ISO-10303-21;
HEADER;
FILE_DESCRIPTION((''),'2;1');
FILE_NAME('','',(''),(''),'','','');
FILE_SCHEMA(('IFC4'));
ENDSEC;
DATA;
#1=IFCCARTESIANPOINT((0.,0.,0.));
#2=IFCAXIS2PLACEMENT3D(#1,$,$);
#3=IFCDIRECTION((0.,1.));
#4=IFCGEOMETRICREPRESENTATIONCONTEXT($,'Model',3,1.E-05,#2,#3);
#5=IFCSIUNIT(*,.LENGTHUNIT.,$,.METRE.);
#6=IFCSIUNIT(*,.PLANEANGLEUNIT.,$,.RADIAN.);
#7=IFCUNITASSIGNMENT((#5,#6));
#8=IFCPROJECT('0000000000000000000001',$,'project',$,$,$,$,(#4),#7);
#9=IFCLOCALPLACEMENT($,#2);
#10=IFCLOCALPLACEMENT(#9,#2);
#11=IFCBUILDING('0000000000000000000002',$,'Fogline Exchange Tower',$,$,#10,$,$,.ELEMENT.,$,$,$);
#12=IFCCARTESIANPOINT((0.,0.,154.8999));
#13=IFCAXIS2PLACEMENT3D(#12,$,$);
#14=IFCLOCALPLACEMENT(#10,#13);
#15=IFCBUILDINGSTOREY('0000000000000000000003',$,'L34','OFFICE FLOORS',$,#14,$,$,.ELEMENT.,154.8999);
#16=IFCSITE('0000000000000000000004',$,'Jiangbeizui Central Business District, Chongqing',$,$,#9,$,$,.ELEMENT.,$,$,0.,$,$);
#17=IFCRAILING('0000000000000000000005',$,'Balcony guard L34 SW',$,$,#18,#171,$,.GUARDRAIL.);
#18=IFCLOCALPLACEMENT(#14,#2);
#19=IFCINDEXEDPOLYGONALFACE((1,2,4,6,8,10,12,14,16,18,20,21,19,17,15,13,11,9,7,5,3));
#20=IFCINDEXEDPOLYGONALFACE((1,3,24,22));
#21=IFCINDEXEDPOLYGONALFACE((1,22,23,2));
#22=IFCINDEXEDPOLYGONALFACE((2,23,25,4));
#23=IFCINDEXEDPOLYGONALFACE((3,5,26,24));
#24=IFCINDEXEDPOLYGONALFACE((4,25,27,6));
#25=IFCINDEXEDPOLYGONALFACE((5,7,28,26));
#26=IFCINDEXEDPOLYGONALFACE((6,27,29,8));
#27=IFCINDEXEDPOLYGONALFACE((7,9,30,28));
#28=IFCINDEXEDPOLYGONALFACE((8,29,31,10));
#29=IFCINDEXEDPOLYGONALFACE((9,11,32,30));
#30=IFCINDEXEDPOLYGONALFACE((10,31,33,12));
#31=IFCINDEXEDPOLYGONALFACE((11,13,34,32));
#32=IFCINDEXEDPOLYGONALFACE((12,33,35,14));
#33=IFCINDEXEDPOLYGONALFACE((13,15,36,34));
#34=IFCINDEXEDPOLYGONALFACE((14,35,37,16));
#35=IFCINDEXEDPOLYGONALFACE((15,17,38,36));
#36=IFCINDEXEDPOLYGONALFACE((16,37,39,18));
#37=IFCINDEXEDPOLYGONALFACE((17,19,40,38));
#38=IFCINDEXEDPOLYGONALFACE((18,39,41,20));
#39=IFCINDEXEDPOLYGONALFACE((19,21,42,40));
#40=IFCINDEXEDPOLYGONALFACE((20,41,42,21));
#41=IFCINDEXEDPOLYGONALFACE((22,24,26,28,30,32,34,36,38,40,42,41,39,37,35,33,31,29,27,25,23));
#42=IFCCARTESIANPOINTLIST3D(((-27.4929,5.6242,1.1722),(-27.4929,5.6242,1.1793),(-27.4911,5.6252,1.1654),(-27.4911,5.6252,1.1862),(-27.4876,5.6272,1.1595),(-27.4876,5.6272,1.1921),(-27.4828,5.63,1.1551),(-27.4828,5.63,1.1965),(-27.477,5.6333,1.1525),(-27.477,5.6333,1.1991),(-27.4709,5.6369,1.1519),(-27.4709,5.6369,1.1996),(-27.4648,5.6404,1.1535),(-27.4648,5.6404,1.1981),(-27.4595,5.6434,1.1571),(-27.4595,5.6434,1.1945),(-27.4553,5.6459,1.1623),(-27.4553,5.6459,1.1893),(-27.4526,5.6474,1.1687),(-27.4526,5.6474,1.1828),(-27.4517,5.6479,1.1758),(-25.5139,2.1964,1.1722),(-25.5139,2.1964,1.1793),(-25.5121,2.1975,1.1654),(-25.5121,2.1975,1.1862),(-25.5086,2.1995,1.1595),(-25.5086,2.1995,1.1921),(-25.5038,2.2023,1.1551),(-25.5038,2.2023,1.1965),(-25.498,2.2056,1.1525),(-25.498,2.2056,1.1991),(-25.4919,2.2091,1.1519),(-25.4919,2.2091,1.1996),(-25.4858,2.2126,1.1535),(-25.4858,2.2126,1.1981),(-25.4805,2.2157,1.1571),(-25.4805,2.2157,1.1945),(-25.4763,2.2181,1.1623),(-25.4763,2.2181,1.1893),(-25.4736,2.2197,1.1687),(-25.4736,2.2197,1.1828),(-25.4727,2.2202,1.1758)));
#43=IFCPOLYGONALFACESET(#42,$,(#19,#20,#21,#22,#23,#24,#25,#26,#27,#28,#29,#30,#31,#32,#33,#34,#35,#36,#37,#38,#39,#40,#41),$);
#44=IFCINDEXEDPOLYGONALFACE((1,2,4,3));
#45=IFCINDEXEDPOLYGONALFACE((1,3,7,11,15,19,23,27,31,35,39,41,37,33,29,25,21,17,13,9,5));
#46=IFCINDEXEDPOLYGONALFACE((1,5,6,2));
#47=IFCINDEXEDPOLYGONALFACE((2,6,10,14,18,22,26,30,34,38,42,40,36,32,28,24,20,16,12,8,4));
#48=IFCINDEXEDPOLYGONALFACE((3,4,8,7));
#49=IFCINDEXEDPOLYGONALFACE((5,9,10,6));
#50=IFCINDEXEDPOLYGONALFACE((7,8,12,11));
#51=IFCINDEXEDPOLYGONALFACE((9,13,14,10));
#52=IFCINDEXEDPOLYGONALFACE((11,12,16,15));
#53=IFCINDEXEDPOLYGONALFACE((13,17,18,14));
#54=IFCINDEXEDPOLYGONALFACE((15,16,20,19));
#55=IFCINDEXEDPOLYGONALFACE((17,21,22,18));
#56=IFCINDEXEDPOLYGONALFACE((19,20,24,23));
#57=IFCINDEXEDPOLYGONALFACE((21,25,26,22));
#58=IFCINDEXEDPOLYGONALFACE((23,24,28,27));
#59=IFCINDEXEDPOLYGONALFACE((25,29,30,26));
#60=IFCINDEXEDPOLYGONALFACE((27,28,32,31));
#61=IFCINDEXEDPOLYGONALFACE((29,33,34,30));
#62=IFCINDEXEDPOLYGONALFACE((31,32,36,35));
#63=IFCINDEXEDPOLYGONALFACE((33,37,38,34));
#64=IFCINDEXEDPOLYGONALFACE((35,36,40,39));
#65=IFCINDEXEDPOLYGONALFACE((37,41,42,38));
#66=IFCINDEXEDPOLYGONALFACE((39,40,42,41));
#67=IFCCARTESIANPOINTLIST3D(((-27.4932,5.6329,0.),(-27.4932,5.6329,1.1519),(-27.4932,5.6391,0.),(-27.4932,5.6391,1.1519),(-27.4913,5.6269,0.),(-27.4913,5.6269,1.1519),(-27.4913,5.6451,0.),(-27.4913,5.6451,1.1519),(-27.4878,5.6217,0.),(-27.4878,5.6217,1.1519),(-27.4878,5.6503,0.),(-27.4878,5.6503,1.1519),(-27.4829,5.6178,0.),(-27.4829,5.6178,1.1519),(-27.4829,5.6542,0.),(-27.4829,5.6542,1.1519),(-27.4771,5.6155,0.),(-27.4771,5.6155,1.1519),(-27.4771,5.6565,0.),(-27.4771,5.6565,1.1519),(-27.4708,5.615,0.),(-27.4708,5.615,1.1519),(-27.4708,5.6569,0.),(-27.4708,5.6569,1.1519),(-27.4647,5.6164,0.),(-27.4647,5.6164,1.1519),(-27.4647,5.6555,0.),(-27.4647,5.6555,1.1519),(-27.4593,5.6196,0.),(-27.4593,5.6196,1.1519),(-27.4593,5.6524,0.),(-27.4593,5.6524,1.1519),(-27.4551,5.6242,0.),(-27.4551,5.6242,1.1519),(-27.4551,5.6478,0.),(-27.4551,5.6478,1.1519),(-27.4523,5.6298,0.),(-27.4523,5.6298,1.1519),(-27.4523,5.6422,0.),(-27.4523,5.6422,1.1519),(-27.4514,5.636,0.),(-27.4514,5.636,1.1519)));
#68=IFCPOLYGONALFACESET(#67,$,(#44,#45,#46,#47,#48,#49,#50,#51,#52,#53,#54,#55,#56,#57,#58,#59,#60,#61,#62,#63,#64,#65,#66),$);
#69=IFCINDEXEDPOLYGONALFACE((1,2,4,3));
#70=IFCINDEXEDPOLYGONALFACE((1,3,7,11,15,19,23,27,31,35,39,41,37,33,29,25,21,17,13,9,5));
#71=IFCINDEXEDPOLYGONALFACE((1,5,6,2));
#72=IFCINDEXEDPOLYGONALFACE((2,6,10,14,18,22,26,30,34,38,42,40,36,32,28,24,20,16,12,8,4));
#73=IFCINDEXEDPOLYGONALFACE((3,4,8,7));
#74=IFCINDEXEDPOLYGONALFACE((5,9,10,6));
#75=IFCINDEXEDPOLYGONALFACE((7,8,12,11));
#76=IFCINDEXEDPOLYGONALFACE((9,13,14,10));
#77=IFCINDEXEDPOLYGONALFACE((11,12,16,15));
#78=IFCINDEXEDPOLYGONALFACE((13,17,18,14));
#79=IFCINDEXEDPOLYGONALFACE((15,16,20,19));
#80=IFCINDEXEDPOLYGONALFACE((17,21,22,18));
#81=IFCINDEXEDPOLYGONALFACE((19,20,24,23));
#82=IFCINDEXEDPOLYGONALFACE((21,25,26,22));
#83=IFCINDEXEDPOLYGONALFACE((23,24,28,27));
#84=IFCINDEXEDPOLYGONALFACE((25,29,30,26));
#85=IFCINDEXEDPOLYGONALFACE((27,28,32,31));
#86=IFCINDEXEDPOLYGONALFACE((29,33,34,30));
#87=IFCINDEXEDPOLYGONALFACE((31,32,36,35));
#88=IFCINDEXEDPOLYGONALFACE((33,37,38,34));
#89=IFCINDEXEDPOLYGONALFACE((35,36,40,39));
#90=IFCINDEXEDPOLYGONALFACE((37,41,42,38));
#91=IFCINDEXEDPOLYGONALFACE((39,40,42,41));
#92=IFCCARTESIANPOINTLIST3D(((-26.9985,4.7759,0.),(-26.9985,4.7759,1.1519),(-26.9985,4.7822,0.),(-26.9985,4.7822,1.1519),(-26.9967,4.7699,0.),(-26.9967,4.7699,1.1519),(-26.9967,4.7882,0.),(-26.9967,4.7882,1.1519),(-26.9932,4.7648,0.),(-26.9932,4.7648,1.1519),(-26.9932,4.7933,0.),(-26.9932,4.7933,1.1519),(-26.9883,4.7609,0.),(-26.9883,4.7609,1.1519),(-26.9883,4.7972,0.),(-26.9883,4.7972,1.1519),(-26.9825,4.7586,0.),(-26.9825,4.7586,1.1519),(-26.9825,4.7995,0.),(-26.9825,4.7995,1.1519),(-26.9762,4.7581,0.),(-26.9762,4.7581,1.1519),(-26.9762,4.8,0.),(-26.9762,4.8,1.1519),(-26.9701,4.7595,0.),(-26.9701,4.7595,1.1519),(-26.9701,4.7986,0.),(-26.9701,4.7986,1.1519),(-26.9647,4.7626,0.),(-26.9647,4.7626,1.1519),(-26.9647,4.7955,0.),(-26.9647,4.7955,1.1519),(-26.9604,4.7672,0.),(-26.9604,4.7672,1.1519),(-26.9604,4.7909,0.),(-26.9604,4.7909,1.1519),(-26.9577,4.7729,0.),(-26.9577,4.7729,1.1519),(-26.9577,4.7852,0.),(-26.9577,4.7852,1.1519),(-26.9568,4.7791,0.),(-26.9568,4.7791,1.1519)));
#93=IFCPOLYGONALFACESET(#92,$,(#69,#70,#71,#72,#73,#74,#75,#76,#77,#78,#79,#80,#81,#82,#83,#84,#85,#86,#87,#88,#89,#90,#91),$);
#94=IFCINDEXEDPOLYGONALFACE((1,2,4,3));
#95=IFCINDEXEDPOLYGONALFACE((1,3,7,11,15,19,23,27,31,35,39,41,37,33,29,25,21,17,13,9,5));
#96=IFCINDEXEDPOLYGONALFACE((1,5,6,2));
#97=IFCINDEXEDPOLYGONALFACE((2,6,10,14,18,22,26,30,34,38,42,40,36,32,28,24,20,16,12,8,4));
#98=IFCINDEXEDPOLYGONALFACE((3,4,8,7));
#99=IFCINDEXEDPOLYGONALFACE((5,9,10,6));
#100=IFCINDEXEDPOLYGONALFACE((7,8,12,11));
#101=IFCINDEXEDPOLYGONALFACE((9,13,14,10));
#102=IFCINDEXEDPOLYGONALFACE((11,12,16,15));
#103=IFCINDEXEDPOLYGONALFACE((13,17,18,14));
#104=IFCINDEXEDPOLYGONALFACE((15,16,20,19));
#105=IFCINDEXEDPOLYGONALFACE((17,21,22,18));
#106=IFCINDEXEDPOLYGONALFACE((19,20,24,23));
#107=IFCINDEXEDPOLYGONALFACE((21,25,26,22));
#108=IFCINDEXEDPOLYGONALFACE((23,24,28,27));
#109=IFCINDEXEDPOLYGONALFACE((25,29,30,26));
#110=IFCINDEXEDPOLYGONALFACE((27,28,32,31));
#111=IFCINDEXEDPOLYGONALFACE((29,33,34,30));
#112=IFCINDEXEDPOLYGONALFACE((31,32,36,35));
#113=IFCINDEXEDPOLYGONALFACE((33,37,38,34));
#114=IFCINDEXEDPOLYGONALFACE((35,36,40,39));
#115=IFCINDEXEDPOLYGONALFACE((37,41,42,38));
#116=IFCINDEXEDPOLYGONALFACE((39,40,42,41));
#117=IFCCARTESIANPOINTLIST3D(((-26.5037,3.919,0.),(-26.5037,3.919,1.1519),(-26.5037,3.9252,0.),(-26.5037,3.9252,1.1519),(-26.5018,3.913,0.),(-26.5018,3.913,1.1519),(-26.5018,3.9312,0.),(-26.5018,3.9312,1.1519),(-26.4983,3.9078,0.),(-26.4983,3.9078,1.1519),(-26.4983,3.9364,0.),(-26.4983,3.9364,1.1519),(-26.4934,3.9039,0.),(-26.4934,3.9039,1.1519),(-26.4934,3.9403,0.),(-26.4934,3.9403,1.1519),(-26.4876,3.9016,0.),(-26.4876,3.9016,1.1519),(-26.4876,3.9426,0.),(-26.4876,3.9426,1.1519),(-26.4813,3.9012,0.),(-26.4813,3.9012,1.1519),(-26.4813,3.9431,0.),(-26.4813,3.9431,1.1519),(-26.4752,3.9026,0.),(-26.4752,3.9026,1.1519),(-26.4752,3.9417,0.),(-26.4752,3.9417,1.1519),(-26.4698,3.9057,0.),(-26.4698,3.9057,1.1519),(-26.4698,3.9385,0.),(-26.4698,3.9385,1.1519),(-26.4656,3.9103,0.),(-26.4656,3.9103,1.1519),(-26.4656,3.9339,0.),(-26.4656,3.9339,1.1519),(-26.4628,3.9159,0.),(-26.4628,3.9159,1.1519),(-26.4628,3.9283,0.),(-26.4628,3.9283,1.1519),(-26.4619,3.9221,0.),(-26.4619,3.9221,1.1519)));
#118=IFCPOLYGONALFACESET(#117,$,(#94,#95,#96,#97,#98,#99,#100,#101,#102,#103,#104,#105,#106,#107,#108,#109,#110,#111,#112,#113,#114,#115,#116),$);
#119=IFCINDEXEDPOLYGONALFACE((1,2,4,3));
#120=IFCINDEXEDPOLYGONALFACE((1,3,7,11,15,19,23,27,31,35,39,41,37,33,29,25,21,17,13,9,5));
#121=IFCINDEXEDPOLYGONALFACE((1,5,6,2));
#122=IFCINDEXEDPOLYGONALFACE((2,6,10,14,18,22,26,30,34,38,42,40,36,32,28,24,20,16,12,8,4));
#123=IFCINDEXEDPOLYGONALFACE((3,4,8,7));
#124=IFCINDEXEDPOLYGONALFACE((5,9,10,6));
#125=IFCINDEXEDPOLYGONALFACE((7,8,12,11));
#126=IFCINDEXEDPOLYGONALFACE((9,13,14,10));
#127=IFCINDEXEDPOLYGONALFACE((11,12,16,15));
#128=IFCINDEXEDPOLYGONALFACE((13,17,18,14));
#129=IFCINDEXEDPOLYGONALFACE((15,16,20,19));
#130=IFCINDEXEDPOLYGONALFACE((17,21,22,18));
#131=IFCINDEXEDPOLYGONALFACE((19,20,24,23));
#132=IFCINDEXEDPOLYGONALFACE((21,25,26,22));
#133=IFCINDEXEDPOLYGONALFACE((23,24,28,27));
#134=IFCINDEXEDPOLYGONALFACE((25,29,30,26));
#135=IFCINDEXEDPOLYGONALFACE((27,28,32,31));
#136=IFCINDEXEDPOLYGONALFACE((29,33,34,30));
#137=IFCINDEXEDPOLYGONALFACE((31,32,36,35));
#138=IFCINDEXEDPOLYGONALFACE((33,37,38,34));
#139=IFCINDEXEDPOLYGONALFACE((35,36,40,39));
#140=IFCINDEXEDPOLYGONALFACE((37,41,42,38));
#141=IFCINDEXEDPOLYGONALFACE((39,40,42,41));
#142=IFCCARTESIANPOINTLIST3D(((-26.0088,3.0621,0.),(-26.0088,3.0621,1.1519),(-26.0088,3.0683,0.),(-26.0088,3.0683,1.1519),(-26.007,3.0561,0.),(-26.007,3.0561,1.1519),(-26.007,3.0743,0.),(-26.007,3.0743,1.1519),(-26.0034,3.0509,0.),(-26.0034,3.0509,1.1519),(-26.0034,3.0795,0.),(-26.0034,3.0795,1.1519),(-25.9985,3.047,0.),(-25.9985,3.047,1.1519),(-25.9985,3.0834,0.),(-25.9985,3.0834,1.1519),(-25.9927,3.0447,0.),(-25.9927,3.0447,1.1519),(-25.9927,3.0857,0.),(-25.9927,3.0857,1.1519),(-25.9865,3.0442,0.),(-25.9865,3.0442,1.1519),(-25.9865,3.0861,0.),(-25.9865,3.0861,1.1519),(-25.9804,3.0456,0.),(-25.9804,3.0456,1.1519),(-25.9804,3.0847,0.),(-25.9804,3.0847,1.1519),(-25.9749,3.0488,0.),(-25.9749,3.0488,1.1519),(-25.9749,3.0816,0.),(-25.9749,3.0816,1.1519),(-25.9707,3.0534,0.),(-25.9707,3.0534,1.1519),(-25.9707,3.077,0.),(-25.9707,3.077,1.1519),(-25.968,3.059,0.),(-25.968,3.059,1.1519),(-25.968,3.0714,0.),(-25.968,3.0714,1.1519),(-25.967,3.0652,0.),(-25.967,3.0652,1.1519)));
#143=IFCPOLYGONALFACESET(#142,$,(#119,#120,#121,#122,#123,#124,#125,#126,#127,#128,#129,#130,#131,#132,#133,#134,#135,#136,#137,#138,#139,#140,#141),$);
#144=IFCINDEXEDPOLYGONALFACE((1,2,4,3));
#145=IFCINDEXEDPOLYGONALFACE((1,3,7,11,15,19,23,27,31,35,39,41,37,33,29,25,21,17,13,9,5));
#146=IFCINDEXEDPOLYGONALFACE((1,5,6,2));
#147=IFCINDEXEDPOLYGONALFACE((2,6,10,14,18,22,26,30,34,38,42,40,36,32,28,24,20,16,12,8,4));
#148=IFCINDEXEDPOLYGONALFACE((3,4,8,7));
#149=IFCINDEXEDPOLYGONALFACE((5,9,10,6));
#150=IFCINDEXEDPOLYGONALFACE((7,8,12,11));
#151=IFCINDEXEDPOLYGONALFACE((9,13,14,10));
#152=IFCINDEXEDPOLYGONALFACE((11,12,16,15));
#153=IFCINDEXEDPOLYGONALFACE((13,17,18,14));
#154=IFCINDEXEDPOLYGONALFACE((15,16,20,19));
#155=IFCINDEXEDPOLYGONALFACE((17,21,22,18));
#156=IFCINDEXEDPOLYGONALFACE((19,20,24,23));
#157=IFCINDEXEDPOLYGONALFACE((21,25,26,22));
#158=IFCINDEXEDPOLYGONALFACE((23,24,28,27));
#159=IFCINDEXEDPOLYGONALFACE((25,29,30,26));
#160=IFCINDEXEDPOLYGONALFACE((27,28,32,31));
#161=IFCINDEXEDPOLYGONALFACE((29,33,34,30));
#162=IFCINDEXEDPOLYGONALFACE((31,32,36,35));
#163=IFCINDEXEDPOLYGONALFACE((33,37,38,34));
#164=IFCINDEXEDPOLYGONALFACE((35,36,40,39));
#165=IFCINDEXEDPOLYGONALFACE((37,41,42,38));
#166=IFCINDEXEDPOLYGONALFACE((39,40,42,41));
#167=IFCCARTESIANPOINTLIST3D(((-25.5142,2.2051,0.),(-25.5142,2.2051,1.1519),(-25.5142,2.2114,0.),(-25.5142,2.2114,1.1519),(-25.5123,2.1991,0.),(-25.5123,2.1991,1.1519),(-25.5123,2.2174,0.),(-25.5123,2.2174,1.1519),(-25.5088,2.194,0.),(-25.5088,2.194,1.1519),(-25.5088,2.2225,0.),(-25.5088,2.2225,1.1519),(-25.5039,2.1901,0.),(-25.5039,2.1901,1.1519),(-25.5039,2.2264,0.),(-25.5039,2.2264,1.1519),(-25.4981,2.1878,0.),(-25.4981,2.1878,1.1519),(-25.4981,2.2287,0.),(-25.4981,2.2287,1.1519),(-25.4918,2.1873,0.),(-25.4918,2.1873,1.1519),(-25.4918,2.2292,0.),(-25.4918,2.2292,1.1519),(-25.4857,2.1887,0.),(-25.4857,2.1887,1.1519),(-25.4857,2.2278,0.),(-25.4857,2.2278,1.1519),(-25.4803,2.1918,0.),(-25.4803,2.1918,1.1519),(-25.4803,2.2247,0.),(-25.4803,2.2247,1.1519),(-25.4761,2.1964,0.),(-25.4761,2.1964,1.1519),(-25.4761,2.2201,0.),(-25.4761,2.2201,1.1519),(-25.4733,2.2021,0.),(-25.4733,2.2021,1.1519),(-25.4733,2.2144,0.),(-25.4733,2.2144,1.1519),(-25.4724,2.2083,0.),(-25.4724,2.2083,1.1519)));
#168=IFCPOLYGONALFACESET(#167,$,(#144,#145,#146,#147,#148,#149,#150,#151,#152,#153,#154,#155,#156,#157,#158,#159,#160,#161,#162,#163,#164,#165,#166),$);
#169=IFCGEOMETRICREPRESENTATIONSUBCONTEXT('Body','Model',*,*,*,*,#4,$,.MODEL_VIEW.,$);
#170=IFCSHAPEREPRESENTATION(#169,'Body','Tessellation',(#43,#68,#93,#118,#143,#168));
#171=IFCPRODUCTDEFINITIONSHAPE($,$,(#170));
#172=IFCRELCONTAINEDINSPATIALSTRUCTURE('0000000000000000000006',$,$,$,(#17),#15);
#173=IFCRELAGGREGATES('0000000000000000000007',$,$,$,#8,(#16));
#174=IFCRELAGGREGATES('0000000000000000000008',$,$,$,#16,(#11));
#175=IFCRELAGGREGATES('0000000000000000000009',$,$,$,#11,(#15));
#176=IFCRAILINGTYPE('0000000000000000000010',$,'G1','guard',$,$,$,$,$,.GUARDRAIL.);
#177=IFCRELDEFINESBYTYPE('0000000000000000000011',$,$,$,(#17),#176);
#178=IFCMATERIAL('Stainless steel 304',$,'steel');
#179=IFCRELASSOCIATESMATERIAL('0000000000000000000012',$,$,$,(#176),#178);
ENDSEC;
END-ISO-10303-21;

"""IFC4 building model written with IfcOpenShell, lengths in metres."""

from ifc_helpers import new_model, si_unit, direction, frame, origin, origin_2d, place, context, subcontext, project, spatial, circle, extrude, material, type_object, element, save


model = new_model("IFC4")

# Units and contexts
model_context = context("Model", 3, precision=1e-05, world=origin(), true_north=direction((0.0, 1.0)))
body_context = subcontext(model_context, "Body", "Model", "MODEL_VIEW")
ifc_project = project(units=[si_unit("LENGTHUNIT", "METRE"), si_unit("PLANEANGLEUNIT", "RADIAN")], contexts=[model_context])

# Site, building, storey
site_placement = place(None, origin())
site = spatial("IfcSite", under=ifc_project, at=site_placement, Name="Jiangbeizui Central Business District, Chongqing", CompositionType="ELEMENT", RefElevation=0.0)
building_placement = place(site_placement, origin())
building = spatial("IfcBuilding", under=site, at=building_placement, Name="Fogline Exchange Tower", CompositionType="ELEMENT")
storey_placement = place(building_placement, frame((0.0, 0.0, 154.8999)))
storey = spatial("IfcBuildingStorey", under=building, at=storey_placement, Name="L34", Description="OFFICE FLOORS", CompositionType="ELEMENT", Elevation=154.8999)

# Railing
ifc_material_1 = material(Name="Stainless steel 304", Category="steel")
railing_type = type_object("IfcRailingType", Name="G1", Description="guard", PredefinedType="GUARDRAIL", material=ifc_material_1)
railing_placement = place(storey_placement, frame((-27.4724, 5.636, 0.0)))
element("IfcRailing", 1, at=railing_placement, inside=storey, type_object=railing_type, Name="Balcony guard L34 SW", PredefinedType="GUARDRAIL", context=body_context, shape_type="SweptSolid", body=[
    extrude(circle(Radius=0.0239, at=origin_2d()), frame((0.0, 0.0, 1.1758), z_axis=(0.5, -0.866025, 0.0), x_axis=(0.866025, 0.5, 0.0)), (0.0, 0.0, 1.0), 3.958),
    extrude(circle(Radius=0.021, at=origin_2d()), origin(), (0.0, 0.0, 1.0), 1.1519),
    extrude(circle(Radius=0.021, at=origin_2d()), frame((0.4946, -0.8569, 0.0)), (0.0, 0.0, 1.0), 1.1519),
    extrude(circle(Radius=0.021, at=origin_2d()), frame((0.9895, -1.7139, 0.0)), (0.0, 0.0, 1.0), 1.1519),
    extrude(circle(Radius=0.021, at=origin_2d()), frame((1.4844, -2.5708, 0.0)), (0.0, 0.0, 1.0), 1.1519),
    extrude(circle(Radius=0.021, at=origin_2d()), frame((1.979, -3.4277, 0.0)), (0.0, 0.0, 1.0), 1.1519),
])

save(model, "model.ifc")
